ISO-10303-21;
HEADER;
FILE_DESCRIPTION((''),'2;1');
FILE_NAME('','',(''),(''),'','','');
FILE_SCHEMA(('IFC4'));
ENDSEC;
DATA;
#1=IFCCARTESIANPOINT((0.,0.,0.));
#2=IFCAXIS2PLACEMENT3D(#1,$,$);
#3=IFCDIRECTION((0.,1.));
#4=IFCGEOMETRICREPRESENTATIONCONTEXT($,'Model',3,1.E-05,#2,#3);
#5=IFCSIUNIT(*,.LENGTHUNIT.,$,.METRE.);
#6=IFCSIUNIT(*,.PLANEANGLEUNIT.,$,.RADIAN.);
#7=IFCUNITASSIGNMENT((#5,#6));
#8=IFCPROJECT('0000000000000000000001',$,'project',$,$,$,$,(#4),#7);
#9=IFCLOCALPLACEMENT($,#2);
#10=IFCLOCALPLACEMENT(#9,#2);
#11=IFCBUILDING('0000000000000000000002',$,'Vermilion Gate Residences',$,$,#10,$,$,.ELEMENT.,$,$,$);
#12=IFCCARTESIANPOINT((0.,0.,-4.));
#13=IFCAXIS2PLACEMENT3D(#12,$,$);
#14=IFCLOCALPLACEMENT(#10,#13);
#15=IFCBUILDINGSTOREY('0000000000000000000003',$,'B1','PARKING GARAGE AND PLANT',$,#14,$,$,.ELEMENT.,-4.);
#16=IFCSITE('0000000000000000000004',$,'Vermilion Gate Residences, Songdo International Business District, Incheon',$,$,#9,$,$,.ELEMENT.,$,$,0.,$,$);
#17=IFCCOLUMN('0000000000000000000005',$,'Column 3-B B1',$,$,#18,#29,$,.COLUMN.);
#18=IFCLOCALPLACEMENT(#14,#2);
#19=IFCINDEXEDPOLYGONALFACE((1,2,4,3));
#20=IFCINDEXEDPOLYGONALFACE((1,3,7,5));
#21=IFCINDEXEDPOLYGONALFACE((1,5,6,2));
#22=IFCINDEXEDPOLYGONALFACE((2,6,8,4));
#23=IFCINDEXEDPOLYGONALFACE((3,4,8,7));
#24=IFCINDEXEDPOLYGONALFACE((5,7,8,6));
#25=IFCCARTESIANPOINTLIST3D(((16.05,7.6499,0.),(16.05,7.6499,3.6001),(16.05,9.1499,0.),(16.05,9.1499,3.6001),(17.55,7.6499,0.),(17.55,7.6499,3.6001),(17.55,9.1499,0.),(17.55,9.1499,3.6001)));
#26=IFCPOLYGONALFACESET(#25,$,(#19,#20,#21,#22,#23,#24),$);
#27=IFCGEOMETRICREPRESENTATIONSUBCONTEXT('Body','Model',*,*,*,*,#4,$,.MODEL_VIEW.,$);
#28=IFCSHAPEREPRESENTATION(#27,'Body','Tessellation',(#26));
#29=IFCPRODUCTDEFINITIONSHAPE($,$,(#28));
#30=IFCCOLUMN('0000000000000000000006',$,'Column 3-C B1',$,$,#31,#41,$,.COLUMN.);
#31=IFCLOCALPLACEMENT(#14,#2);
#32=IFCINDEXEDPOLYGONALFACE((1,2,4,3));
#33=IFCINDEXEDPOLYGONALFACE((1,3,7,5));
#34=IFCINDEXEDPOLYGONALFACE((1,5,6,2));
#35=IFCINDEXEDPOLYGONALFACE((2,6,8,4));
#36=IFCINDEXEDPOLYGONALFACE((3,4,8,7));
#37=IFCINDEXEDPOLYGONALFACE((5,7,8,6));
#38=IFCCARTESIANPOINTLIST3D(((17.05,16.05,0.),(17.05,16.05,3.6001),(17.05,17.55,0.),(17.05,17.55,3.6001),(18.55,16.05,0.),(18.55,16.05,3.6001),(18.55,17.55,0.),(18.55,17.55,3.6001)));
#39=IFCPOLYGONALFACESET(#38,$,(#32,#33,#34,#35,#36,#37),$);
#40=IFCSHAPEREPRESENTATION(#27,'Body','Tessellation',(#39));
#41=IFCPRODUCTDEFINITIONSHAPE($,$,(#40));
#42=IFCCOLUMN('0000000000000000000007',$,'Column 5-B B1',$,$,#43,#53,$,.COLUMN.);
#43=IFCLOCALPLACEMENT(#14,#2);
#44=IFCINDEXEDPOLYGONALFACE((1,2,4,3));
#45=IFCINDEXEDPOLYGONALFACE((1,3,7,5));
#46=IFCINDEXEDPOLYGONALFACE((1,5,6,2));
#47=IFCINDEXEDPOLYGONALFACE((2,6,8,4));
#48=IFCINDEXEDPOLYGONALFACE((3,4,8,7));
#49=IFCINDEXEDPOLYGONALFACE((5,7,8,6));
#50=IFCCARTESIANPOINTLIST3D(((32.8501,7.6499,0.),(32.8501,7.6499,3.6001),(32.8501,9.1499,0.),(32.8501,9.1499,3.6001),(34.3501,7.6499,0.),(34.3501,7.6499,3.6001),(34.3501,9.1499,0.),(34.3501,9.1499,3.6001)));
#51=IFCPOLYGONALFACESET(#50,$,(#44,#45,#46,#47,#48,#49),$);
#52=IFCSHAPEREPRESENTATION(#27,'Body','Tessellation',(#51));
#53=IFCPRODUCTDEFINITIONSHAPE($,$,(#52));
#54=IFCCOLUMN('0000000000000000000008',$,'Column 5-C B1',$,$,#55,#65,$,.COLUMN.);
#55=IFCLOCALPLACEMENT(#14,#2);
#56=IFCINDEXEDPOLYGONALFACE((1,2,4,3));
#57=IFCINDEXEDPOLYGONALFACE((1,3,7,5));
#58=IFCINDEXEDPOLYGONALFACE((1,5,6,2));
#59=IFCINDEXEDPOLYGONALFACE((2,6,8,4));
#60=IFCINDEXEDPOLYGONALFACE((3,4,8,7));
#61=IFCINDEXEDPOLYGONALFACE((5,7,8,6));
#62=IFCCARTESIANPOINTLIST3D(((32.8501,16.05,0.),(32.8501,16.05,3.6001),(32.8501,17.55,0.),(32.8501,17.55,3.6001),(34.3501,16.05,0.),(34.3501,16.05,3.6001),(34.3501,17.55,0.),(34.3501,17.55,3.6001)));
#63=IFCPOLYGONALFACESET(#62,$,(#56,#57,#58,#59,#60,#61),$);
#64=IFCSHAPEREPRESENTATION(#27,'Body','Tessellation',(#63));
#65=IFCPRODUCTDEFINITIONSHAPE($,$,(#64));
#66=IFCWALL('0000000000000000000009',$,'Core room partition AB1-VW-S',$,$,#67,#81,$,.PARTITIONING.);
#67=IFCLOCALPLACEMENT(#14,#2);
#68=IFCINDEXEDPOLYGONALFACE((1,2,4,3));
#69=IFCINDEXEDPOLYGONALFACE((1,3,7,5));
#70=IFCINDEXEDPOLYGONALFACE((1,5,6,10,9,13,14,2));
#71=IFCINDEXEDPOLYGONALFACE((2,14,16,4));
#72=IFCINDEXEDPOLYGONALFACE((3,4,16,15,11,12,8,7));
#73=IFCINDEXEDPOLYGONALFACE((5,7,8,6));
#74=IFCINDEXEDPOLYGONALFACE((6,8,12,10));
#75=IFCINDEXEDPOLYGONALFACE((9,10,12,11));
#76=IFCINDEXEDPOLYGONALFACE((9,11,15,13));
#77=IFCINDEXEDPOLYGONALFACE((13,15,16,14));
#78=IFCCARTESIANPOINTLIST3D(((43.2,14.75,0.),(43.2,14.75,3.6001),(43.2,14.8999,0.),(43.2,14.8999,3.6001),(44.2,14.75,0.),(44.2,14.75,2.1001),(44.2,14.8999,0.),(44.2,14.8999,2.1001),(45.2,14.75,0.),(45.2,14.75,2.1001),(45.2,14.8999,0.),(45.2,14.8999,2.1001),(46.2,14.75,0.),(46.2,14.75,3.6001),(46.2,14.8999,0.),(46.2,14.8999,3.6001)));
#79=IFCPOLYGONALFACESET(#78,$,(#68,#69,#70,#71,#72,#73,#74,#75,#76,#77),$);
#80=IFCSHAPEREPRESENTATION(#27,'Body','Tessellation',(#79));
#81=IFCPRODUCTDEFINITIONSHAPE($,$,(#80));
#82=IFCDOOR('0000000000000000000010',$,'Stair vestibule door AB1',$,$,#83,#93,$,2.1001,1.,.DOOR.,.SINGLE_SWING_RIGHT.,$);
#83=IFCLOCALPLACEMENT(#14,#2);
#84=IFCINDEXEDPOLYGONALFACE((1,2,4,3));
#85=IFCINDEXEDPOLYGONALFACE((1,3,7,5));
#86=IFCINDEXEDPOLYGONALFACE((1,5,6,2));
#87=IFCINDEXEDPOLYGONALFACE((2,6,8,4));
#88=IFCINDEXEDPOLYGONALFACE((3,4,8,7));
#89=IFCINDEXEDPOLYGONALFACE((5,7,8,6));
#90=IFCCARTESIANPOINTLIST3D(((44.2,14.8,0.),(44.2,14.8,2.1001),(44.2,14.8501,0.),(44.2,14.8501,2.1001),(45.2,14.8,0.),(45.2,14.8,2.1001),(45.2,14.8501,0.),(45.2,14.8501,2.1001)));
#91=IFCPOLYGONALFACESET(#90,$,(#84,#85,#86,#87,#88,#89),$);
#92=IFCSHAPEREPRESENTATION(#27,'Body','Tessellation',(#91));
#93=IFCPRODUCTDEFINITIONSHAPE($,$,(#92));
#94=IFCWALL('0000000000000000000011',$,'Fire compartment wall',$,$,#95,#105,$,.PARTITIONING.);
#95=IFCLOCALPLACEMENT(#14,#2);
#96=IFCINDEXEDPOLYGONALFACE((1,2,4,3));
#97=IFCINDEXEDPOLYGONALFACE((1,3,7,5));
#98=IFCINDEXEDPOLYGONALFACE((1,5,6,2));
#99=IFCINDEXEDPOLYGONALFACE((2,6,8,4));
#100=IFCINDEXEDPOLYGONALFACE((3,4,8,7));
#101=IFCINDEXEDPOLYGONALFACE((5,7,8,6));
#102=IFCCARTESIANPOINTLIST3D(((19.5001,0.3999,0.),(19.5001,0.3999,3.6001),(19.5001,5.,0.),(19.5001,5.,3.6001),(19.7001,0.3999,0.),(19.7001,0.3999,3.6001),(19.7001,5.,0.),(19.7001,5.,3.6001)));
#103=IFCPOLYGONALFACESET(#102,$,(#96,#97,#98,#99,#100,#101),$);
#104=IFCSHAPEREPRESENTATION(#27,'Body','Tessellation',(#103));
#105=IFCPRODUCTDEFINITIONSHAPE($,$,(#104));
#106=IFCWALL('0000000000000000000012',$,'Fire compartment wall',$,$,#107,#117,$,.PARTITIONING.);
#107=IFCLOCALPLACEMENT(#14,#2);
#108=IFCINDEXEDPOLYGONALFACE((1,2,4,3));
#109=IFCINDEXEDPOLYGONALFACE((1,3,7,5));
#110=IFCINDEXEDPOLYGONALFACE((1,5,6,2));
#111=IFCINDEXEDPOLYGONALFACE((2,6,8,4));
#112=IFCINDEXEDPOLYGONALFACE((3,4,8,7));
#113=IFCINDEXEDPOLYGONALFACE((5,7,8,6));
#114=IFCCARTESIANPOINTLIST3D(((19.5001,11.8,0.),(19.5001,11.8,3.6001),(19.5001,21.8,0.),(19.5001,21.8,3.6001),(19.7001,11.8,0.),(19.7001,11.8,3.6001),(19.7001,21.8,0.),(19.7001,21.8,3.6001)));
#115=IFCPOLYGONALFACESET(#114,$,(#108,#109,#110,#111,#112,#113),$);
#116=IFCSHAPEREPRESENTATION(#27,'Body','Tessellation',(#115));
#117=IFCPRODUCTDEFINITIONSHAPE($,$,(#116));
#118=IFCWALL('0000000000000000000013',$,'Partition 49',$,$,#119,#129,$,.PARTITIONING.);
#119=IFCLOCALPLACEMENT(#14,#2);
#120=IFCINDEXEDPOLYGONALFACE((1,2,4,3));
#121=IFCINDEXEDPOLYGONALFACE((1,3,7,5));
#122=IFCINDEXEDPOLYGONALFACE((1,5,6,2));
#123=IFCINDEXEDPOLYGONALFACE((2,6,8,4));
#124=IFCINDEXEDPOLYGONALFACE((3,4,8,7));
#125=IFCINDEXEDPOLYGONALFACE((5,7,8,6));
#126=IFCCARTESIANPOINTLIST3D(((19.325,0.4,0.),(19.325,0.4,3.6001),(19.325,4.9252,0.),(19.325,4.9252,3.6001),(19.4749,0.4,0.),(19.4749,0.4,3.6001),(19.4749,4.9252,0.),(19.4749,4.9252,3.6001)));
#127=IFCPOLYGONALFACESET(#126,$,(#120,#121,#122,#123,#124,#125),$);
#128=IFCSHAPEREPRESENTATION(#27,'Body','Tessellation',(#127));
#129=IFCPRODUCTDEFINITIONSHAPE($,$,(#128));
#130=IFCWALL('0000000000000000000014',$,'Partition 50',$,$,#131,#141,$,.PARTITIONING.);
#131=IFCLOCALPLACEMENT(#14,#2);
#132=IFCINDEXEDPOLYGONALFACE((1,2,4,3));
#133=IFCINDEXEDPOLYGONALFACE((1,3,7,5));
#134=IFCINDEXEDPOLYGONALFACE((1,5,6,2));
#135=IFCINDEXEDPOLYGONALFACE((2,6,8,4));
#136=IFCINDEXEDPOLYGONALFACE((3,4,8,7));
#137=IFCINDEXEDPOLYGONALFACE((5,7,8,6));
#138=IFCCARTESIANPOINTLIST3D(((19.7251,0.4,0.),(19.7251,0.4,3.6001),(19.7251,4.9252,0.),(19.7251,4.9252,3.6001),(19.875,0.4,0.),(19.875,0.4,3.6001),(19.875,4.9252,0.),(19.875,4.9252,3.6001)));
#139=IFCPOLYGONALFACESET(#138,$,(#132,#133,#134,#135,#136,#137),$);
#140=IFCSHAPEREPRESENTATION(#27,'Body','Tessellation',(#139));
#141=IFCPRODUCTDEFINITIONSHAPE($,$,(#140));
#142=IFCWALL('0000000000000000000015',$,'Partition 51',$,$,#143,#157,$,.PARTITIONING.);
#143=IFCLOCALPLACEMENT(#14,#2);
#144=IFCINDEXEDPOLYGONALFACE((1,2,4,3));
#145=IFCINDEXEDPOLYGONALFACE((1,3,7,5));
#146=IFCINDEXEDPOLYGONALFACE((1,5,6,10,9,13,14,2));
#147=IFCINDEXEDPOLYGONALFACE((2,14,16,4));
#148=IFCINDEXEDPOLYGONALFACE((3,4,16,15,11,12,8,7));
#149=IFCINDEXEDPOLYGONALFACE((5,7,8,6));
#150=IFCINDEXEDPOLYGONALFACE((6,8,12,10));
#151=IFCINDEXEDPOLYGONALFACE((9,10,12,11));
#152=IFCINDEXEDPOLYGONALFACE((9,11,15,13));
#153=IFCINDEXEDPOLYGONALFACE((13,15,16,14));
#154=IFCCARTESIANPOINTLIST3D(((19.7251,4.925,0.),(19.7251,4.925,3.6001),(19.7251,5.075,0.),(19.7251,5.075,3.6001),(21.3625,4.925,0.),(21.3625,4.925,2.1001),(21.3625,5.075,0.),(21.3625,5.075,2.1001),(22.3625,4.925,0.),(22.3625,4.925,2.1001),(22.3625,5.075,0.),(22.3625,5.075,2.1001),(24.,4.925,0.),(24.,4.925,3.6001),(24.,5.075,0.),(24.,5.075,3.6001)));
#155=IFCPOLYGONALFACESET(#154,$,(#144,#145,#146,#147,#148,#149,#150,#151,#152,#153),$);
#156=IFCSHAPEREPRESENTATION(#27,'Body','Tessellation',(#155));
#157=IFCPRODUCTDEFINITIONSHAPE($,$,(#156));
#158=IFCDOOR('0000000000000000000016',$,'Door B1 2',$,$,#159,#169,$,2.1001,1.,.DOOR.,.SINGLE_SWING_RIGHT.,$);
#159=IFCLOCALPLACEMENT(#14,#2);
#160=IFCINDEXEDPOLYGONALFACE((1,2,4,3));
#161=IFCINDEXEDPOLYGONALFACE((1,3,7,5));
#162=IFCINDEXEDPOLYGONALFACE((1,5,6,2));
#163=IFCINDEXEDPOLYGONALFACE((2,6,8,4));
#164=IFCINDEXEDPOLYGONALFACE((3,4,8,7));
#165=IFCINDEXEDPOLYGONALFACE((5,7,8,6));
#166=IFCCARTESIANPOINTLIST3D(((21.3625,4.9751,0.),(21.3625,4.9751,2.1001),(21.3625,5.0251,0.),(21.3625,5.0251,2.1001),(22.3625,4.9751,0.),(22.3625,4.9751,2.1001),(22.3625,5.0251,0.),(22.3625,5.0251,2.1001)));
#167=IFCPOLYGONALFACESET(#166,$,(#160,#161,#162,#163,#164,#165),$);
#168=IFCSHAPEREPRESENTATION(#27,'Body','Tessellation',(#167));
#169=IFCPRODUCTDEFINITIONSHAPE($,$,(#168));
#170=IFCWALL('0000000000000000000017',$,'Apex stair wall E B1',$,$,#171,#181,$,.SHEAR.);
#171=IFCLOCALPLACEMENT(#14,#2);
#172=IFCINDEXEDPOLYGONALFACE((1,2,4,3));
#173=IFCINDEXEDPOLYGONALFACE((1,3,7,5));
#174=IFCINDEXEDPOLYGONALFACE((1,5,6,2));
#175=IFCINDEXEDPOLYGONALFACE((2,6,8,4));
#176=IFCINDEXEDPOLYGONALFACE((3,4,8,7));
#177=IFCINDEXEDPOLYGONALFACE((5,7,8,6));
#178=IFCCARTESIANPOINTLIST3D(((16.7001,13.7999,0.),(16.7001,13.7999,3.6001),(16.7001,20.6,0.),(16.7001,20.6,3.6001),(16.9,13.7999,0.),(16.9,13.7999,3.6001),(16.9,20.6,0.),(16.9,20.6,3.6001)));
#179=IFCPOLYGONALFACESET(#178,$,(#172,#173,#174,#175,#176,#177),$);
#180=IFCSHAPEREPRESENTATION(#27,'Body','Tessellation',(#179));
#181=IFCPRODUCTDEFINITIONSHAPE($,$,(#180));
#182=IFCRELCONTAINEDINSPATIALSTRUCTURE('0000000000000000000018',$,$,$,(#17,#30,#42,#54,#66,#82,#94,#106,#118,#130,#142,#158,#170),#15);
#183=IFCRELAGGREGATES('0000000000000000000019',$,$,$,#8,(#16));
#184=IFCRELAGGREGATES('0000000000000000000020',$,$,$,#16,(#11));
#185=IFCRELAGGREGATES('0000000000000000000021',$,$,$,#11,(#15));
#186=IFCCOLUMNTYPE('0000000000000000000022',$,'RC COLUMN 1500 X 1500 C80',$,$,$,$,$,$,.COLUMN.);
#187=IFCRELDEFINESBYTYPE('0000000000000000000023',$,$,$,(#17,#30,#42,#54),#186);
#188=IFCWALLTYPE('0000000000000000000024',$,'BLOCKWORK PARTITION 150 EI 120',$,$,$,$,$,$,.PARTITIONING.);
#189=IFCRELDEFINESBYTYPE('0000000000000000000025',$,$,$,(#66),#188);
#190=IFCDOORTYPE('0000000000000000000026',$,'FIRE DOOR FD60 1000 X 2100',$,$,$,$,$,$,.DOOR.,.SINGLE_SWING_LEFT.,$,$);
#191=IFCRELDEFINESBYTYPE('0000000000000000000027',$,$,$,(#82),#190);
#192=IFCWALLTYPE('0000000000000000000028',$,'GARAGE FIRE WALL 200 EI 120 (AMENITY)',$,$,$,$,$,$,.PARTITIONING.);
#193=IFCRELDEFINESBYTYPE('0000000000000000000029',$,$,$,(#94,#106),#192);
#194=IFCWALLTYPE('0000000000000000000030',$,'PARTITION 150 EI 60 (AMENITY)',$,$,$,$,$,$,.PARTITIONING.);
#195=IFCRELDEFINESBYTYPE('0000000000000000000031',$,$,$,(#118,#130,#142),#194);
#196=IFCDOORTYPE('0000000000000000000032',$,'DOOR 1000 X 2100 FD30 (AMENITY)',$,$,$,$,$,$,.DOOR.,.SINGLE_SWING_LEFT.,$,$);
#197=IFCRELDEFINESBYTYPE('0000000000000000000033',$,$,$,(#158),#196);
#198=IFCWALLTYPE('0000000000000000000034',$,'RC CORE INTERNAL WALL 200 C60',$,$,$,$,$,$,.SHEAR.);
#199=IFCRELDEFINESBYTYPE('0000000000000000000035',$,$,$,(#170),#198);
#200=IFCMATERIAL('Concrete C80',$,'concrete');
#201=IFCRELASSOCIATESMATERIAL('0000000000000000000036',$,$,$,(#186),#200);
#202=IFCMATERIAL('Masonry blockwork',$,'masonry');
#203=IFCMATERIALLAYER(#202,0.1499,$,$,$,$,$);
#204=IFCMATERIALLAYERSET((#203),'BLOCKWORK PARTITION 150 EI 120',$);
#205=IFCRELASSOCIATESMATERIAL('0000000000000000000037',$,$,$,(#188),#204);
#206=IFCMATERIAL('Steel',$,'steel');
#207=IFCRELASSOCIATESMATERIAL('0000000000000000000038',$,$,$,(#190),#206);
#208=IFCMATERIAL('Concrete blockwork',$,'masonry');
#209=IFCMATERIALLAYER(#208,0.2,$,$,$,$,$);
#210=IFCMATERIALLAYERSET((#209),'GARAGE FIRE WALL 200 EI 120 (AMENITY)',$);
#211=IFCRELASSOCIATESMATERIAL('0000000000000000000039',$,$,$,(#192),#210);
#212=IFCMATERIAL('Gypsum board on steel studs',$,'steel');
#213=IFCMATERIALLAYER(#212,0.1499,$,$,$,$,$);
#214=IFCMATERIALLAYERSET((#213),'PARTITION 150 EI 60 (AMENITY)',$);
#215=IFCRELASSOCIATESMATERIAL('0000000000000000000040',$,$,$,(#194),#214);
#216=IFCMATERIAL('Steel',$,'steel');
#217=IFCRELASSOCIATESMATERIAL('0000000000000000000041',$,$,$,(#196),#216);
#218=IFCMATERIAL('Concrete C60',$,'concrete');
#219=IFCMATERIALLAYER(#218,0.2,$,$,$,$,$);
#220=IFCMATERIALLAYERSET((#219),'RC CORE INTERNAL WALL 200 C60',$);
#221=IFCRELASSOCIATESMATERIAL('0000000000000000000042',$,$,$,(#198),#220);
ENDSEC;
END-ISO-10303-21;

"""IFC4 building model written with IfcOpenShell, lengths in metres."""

from ifc_helpers import new_model, si_unit, direction, frame, frame_2d, origin, origin_2d, place, context, subcontext, project, spatial, rectangle, extrude, material, layer, layer_set, material_profile, profile_set, type_object, element, fill, save


model = new_model("IFC4")

# Units and contexts
model_context = context("Model", 3, precision=1e-05, world=origin(), true_north=direction((0.0, 1.0)))
body_context = subcontext(model_context, "Body", "Model", "MODEL_VIEW")
ifc_project = project(units=[si_unit("LENGTHUNIT", "METRE"), si_unit("PLANEANGLEUNIT", "RADIAN")], contexts=[model_context])

# Site, building, storey
site_placement = place(None, origin())
site = spatial("IfcSite", under=ifc_project, at=site_placement, Name="Vermilion Gate Residences, Songdo International Business District, Incheon", CompositionType="ELEMENT", RefElevation=0.0)
building_placement = place(site_placement, origin())
building = spatial("IfcBuilding", under=site, at=building_placement, Name="Vermilion Gate Residences", CompositionType="ELEMENT")
storey_placement = place(building_placement, frame((0.0, 0.0, -4.0)))
storey = spatial("IfcBuildingStorey", under=building, at=storey_placement, Name="B1", Description="PARKING GARAGE AND PLANT", CompositionType="ELEMENT", Elevation=-4.0)

# Columns
ifc_material_1 = material(Name="Concrete C80", Category="concrete")
ifc_material_profile = material_profile(ifc_material_1, rectangle(XDim=1.5, YDim=1.5, at=origin_2d()), Name="RC-1500x1500")
ifc_profile_set = profile_set([ifc_material_profile], Name="Concrete C80")
column_type = type_object("IfcColumnType", Name="RC COLUMN 1500 X 1500 C80", PredefinedType="COLUMN", material=ifc_profile_set)
for number, where, z_axis, x_axis, name in (
    (1, (16.8, 8.3999, 0.0), (0.0, 0.0, 1.0), (1.0, 0.0, 0.0), "Column 3-B B1"),
    (2, (17.8, 16.8, 0.0), (0.0, 0.0, 1.0), (1.0, 0.0, 0.0), "Column 3-C B1"),
    (3, (33.6001, 8.3999, 0.0), (0.0, 0.0, 1.0), (1.0, 0.0, 0.0), "Column 5-B B1"),
    (4, (33.6001, 16.8, 0.0), (0.0, 0.0, 1.0), (1.0, 0.0, 0.0), "Column 5-C B1"),
):
    element("IfcColumn", number, at=place(storey_placement, frame(where, z_axis=z_axis, x_axis=x_axis)), inside=storey, type_object=column_type, Name=name, PredefinedType="COLUMN", context=body_context, shape_type="SweptSolid", body=[
        extrude(rectangle(XDim=1.5, YDim=1.5, at=origin_2d()), origin(), (0.0, 0.0, 1.0), 3.6001),
    ])

# Wall, opening, door
ifc_material_2 = material(Name="Masonry blockwork", Category="masonry")
ifc_layer_1 = layer(ifc_material_2, 0.1499)
ifc_layer_set_1 = layer_set([ifc_layer_1], Name="BLOCKWORK PARTITION 150 EI 120")
wall_type_1 = type_object("IfcWallType", Name="BLOCKWORK PARTITION 150 EI 120", PredefinedType="PARTITIONING", material=ifc_layer_set_1)
wall_1_placement = place(storey_placement, frame((43.2, 14.825, 0.0), z_axis=(0.0, 0.0, 1.0), x_axis=(1.0, 0.0, 0.0)))
wall_1 = element("IfcWall", 5, at=wall_1_placement, inside=storey, type_object=wall_type_1, Name="Core room partition AB1-VW-S", PredefinedType="PARTITIONING", context=body_context, shape_type="SweptSolid", body=[
    extrude(rectangle(XDim=3.0, YDim=0.1499, at=frame_2d((1.5, 0.0))), origin(), (0.0, 0.0, 1.0), 3.6001),
])
opening_1_placement = place(wall_1_placement, frame((1.0, 0.0, 0.0)))
opening_1 = element("IfcOpeningElement", 6, at=opening_1_placement, cuts=wall_1, PredefinedType="OPENING", context=body_context, shape_type="SweptSolid", body=[
    extrude(rectangle(XDim=1.0, YDim=2.1001, at=frame_2d((0.5, 1.05))), frame((0.0, 0.085, 0.0), z_axis=(0.0, -1.0, 0.0), x_axis=(1.0, 0.0, 0.0)), (0.0, 0.0, 1.0), 0.1699),
])
ifc_material_3 = material(Name="Steel", Category="steel")
door_type_1 = type_object("IfcDoorType", Name="FIRE DOOR FD60 1000 X 2100", OperationType="SINGLE_SWING_LEFT", PredefinedType="DOOR", material=ifc_material_3)
door_1_placement = place(opening_1_placement, frame((1.0, 0.0, 0.0), z_axis=(0.0, 0.0, 1.0), x_axis=(-1.0, 0.0, 0.0)))
door_1 = element("IfcDoor", 7, at=door_1_placement, inside=storey, type_object=door_type_1, Name="Stair vestibule door AB1", OperationType="SINGLE_SWING_RIGHT", OverallHeight=2.1001, OverallWidth=1.0, PredefinedType="DOOR", context=body_context, shape_type="SweptSolid", body=[
    extrude(rectangle(XDim=1.0, YDim=2.1001, at=frame_2d((0.5, 1.05))), frame((0.0, 0.0249, 0.0), z_axis=(0.0, -1.0, 0.0), x_axis=(1.0, 0.0, 0.0)), (0.0, 0.0, 1.0), 0.05),
])
fill(opening_1, door_1)

# Wall
ifc_material_4 = material(Name="Concrete blockwork", Category="masonry")
ifc_layer_2 = layer(ifc_material_4, 0.2)
ifc_layer_set_2 = layer_set([ifc_layer_2], Name="GARAGE FIRE WALL 200 EI 120 (AMENITY)")
wall_type_2 = type_object("IfcWallType", Name="GARAGE FIRE WALL 200 EI 120 (AMENITY)", PredefinedType="PARTITIONING", material=ifc_layer_set_2)
wall_2_placement = place(storey_placement, frame((19.6001, 0.3999, 0.0), z_axis=(0.0, 0.0, 1.0), x_axis=(0.0, 1.0, 0.0)))
element("IfcWall", 8, at=wall_2_placement, inside=storey, type_object=wall_type_2, Name="Fire compartment wall", PredefinedType="PARTITIONING", context=body_context, shape_type="SweptSolid", body=[
    extrude(rectangle(XDim=4.6001, YDim=0.2, at=frame_2d((2.3, 0.0))), origin(), (0.0, 0.0, 1.0), 3.6001),
])

# Wall
wall_3_placement = place(storey_placement, frame((19.6001, 11.8, 0.0), z_axis=(0.0, 0.0, 1.0), x_axis=(0.0, 1.0, 0.0)))
element("IfcWall", 9, at=wall_3_placement, inside=storey, type_object=wall_type_2, Name="Fire compartment wall", PredefinedType="PARTITIONING", context=body_context, shape_type="SweptSolid", body=[
    extrude(rectangle(XDim=10.0, YDim=0.2, at=frame_2d((5.0, 0.0))), origin(), (0.0, 0.0, 1.0), 3.6001),
])

# Walls
ifc_material_5 = material(Name="Gypsum board on steel studs", Category="steel")
ifc_layer_3 = layer(ifc_material_5, 0.1499)
ifc_layer_set_3 = layer_set([ifc_layer_3], Name="PARTITION 150 EI 60 (AMENITY)")
wall_type_3 = type_object("IfcWallType", Name="PARTITION 150 EI 60 (AMENITY)", PredefinedType="PARTITIONING", material=ifc_layer_set_3)
for number, where, z_axis, x_axis, name in (
    (10, (19.3999, 0.3999, 0.0), (0.0, 0.0, 1.0), (0.0, 1.0, 0.0), "Partition 49"),
    (11, (19.8, 0.3999, 0.0), (0.0, 0.0, 1.0), (0.0, 1.0, 0.0), "Partition 50"),
):
    element("IfcWall", number, at=place(storey_placement, frame(where, z_axis=z_axis, x_axis=x_axis)), inside=storey, type_object=wall_type_3, Name=name, PredefinedType="PARTITIONING", context=body_context, shape_type="SweptSolid", body=[
        extrude(rectangle(XDim=4.5251, YDim=0.1499, at=frame_2d((2.2627, 0.0))), origin(), (0.0, 0.0, 1.0), 3.6001),
    ])

# Wall, opening, door
wall_4_placement = place(storey_placement, frame((19.7251, 5.0, 0.0), z_axis=(0.0, 0.0, 1.0), x_axis=(1.0, 0.0, 0.0)))
wall_4 = element("IfcWall", 12, at=wall_4_placement, inside=storey, type_object=wall_type_3, Name="Partition 51", PredefinedType="PARTITIONING", context=body_context, shape_type="SweptSolid", body=[
    extrude(rectangle(XDim=4.2749, YDim=0.1499, at=frame_2d((2.1375, 0.0))), origin(), (0.0, 0.0, 1.0), 3.6001),
])
opening_2_placement = place(wall_4_placement, frame((1.6375, 0.0, 0.0)))
opening_2 = element("IfcOpeningElement", 13, at=opening_2_placement, cuts=wall_4, PredefinedType="OPENING", context=body_context, shape_type="SweptSolid", body=[
    extrude(rectangle(XDim=1.0, YDim=2.1001, at=frame_2d((0.5, 1.05))), frame((0.0, 0.085, 0.0), z_axis=(0.0, -1.0, 0.0), x_axis=(1.0, 0.0, 0.0)), (0.0, 0.0, 1.0), 0.1699),
])
ifc_material_6 = material(Name="Steel", Category="steel")
door_type_2 = type_object("IfcDoorType", Name="DOOR 1000 X 2100 FD30 (AMENITY)", OperationType="SINGLE_SWING_LEFT", PredefinedType="DOOR", material=ifc_material_6)
door_2_placement = place(opening_2_placement, frame((1.0, 0.0, 0.0), z_axis=(0.0, 0.0, 1.0), x_axis=(-1.0, 0.0, 0.0)))
door_2 = element("IfcDoor", 14, at=door_2_placement, inside=storey, type_object=door_type_2, Name="Door B1 2", OperationType="SINGLE_SWING_RIGHT", OverallHeight=2.1001, OverallWidth=1.0, PredefinedType="DOOR", context=body_context, shape_type="SweptSolid", body=[
    extrude(rectangle(XDim=1.0, YDim=2.1001, at=frame_2d((0.5, 1.05))), frame((0.0, 0.0249, 0.0), z_axis=(0.0, -1.0, 0.0), x_axis=(1.0, 0.0, 0.0)), (0.0, 0.0, 1.0), 0.05),
])
fill(opening_2, door_2)

# Wall
ifc_material_7 = material(Name="Concrete C60", Category="concrete")
ifc_layer_4 = layer(ifc_material_7, 0.2)
ifc_layer_set_4 = layer_set([ifc_layer_4], Name="RC CORE INTERNAL WALL 200 C60")
wall_type_4 = type_object("IfcWallType", Name="RC CORE INTERNAL WALL 200 C60", PredefinedType="SHEAR", material=ifc_layer_set_4)
wall_5_placement = place(storey_placement, frame((16.8, 13.8, 0.0), z_axis=(0.0, 0.0, 1.0), x_axis=(0.0, 1.0, 0.0)))
element("IfcWall", 15, at=wall_5_placement, inside=storey, type_object=wall_type_4, Name="Apex stair wall E B1", PredefinedType="SHEAR", context=body_context, shape_type="SweptSolid", body=[
    extrude(rectangle(XDim=6.8, YDim=0.2, at=frame_2d((3.3999, 0.0))), origin(), (0.0, 0.0, 1.0), 3.6001),
])

save(model, "model.ifc")
